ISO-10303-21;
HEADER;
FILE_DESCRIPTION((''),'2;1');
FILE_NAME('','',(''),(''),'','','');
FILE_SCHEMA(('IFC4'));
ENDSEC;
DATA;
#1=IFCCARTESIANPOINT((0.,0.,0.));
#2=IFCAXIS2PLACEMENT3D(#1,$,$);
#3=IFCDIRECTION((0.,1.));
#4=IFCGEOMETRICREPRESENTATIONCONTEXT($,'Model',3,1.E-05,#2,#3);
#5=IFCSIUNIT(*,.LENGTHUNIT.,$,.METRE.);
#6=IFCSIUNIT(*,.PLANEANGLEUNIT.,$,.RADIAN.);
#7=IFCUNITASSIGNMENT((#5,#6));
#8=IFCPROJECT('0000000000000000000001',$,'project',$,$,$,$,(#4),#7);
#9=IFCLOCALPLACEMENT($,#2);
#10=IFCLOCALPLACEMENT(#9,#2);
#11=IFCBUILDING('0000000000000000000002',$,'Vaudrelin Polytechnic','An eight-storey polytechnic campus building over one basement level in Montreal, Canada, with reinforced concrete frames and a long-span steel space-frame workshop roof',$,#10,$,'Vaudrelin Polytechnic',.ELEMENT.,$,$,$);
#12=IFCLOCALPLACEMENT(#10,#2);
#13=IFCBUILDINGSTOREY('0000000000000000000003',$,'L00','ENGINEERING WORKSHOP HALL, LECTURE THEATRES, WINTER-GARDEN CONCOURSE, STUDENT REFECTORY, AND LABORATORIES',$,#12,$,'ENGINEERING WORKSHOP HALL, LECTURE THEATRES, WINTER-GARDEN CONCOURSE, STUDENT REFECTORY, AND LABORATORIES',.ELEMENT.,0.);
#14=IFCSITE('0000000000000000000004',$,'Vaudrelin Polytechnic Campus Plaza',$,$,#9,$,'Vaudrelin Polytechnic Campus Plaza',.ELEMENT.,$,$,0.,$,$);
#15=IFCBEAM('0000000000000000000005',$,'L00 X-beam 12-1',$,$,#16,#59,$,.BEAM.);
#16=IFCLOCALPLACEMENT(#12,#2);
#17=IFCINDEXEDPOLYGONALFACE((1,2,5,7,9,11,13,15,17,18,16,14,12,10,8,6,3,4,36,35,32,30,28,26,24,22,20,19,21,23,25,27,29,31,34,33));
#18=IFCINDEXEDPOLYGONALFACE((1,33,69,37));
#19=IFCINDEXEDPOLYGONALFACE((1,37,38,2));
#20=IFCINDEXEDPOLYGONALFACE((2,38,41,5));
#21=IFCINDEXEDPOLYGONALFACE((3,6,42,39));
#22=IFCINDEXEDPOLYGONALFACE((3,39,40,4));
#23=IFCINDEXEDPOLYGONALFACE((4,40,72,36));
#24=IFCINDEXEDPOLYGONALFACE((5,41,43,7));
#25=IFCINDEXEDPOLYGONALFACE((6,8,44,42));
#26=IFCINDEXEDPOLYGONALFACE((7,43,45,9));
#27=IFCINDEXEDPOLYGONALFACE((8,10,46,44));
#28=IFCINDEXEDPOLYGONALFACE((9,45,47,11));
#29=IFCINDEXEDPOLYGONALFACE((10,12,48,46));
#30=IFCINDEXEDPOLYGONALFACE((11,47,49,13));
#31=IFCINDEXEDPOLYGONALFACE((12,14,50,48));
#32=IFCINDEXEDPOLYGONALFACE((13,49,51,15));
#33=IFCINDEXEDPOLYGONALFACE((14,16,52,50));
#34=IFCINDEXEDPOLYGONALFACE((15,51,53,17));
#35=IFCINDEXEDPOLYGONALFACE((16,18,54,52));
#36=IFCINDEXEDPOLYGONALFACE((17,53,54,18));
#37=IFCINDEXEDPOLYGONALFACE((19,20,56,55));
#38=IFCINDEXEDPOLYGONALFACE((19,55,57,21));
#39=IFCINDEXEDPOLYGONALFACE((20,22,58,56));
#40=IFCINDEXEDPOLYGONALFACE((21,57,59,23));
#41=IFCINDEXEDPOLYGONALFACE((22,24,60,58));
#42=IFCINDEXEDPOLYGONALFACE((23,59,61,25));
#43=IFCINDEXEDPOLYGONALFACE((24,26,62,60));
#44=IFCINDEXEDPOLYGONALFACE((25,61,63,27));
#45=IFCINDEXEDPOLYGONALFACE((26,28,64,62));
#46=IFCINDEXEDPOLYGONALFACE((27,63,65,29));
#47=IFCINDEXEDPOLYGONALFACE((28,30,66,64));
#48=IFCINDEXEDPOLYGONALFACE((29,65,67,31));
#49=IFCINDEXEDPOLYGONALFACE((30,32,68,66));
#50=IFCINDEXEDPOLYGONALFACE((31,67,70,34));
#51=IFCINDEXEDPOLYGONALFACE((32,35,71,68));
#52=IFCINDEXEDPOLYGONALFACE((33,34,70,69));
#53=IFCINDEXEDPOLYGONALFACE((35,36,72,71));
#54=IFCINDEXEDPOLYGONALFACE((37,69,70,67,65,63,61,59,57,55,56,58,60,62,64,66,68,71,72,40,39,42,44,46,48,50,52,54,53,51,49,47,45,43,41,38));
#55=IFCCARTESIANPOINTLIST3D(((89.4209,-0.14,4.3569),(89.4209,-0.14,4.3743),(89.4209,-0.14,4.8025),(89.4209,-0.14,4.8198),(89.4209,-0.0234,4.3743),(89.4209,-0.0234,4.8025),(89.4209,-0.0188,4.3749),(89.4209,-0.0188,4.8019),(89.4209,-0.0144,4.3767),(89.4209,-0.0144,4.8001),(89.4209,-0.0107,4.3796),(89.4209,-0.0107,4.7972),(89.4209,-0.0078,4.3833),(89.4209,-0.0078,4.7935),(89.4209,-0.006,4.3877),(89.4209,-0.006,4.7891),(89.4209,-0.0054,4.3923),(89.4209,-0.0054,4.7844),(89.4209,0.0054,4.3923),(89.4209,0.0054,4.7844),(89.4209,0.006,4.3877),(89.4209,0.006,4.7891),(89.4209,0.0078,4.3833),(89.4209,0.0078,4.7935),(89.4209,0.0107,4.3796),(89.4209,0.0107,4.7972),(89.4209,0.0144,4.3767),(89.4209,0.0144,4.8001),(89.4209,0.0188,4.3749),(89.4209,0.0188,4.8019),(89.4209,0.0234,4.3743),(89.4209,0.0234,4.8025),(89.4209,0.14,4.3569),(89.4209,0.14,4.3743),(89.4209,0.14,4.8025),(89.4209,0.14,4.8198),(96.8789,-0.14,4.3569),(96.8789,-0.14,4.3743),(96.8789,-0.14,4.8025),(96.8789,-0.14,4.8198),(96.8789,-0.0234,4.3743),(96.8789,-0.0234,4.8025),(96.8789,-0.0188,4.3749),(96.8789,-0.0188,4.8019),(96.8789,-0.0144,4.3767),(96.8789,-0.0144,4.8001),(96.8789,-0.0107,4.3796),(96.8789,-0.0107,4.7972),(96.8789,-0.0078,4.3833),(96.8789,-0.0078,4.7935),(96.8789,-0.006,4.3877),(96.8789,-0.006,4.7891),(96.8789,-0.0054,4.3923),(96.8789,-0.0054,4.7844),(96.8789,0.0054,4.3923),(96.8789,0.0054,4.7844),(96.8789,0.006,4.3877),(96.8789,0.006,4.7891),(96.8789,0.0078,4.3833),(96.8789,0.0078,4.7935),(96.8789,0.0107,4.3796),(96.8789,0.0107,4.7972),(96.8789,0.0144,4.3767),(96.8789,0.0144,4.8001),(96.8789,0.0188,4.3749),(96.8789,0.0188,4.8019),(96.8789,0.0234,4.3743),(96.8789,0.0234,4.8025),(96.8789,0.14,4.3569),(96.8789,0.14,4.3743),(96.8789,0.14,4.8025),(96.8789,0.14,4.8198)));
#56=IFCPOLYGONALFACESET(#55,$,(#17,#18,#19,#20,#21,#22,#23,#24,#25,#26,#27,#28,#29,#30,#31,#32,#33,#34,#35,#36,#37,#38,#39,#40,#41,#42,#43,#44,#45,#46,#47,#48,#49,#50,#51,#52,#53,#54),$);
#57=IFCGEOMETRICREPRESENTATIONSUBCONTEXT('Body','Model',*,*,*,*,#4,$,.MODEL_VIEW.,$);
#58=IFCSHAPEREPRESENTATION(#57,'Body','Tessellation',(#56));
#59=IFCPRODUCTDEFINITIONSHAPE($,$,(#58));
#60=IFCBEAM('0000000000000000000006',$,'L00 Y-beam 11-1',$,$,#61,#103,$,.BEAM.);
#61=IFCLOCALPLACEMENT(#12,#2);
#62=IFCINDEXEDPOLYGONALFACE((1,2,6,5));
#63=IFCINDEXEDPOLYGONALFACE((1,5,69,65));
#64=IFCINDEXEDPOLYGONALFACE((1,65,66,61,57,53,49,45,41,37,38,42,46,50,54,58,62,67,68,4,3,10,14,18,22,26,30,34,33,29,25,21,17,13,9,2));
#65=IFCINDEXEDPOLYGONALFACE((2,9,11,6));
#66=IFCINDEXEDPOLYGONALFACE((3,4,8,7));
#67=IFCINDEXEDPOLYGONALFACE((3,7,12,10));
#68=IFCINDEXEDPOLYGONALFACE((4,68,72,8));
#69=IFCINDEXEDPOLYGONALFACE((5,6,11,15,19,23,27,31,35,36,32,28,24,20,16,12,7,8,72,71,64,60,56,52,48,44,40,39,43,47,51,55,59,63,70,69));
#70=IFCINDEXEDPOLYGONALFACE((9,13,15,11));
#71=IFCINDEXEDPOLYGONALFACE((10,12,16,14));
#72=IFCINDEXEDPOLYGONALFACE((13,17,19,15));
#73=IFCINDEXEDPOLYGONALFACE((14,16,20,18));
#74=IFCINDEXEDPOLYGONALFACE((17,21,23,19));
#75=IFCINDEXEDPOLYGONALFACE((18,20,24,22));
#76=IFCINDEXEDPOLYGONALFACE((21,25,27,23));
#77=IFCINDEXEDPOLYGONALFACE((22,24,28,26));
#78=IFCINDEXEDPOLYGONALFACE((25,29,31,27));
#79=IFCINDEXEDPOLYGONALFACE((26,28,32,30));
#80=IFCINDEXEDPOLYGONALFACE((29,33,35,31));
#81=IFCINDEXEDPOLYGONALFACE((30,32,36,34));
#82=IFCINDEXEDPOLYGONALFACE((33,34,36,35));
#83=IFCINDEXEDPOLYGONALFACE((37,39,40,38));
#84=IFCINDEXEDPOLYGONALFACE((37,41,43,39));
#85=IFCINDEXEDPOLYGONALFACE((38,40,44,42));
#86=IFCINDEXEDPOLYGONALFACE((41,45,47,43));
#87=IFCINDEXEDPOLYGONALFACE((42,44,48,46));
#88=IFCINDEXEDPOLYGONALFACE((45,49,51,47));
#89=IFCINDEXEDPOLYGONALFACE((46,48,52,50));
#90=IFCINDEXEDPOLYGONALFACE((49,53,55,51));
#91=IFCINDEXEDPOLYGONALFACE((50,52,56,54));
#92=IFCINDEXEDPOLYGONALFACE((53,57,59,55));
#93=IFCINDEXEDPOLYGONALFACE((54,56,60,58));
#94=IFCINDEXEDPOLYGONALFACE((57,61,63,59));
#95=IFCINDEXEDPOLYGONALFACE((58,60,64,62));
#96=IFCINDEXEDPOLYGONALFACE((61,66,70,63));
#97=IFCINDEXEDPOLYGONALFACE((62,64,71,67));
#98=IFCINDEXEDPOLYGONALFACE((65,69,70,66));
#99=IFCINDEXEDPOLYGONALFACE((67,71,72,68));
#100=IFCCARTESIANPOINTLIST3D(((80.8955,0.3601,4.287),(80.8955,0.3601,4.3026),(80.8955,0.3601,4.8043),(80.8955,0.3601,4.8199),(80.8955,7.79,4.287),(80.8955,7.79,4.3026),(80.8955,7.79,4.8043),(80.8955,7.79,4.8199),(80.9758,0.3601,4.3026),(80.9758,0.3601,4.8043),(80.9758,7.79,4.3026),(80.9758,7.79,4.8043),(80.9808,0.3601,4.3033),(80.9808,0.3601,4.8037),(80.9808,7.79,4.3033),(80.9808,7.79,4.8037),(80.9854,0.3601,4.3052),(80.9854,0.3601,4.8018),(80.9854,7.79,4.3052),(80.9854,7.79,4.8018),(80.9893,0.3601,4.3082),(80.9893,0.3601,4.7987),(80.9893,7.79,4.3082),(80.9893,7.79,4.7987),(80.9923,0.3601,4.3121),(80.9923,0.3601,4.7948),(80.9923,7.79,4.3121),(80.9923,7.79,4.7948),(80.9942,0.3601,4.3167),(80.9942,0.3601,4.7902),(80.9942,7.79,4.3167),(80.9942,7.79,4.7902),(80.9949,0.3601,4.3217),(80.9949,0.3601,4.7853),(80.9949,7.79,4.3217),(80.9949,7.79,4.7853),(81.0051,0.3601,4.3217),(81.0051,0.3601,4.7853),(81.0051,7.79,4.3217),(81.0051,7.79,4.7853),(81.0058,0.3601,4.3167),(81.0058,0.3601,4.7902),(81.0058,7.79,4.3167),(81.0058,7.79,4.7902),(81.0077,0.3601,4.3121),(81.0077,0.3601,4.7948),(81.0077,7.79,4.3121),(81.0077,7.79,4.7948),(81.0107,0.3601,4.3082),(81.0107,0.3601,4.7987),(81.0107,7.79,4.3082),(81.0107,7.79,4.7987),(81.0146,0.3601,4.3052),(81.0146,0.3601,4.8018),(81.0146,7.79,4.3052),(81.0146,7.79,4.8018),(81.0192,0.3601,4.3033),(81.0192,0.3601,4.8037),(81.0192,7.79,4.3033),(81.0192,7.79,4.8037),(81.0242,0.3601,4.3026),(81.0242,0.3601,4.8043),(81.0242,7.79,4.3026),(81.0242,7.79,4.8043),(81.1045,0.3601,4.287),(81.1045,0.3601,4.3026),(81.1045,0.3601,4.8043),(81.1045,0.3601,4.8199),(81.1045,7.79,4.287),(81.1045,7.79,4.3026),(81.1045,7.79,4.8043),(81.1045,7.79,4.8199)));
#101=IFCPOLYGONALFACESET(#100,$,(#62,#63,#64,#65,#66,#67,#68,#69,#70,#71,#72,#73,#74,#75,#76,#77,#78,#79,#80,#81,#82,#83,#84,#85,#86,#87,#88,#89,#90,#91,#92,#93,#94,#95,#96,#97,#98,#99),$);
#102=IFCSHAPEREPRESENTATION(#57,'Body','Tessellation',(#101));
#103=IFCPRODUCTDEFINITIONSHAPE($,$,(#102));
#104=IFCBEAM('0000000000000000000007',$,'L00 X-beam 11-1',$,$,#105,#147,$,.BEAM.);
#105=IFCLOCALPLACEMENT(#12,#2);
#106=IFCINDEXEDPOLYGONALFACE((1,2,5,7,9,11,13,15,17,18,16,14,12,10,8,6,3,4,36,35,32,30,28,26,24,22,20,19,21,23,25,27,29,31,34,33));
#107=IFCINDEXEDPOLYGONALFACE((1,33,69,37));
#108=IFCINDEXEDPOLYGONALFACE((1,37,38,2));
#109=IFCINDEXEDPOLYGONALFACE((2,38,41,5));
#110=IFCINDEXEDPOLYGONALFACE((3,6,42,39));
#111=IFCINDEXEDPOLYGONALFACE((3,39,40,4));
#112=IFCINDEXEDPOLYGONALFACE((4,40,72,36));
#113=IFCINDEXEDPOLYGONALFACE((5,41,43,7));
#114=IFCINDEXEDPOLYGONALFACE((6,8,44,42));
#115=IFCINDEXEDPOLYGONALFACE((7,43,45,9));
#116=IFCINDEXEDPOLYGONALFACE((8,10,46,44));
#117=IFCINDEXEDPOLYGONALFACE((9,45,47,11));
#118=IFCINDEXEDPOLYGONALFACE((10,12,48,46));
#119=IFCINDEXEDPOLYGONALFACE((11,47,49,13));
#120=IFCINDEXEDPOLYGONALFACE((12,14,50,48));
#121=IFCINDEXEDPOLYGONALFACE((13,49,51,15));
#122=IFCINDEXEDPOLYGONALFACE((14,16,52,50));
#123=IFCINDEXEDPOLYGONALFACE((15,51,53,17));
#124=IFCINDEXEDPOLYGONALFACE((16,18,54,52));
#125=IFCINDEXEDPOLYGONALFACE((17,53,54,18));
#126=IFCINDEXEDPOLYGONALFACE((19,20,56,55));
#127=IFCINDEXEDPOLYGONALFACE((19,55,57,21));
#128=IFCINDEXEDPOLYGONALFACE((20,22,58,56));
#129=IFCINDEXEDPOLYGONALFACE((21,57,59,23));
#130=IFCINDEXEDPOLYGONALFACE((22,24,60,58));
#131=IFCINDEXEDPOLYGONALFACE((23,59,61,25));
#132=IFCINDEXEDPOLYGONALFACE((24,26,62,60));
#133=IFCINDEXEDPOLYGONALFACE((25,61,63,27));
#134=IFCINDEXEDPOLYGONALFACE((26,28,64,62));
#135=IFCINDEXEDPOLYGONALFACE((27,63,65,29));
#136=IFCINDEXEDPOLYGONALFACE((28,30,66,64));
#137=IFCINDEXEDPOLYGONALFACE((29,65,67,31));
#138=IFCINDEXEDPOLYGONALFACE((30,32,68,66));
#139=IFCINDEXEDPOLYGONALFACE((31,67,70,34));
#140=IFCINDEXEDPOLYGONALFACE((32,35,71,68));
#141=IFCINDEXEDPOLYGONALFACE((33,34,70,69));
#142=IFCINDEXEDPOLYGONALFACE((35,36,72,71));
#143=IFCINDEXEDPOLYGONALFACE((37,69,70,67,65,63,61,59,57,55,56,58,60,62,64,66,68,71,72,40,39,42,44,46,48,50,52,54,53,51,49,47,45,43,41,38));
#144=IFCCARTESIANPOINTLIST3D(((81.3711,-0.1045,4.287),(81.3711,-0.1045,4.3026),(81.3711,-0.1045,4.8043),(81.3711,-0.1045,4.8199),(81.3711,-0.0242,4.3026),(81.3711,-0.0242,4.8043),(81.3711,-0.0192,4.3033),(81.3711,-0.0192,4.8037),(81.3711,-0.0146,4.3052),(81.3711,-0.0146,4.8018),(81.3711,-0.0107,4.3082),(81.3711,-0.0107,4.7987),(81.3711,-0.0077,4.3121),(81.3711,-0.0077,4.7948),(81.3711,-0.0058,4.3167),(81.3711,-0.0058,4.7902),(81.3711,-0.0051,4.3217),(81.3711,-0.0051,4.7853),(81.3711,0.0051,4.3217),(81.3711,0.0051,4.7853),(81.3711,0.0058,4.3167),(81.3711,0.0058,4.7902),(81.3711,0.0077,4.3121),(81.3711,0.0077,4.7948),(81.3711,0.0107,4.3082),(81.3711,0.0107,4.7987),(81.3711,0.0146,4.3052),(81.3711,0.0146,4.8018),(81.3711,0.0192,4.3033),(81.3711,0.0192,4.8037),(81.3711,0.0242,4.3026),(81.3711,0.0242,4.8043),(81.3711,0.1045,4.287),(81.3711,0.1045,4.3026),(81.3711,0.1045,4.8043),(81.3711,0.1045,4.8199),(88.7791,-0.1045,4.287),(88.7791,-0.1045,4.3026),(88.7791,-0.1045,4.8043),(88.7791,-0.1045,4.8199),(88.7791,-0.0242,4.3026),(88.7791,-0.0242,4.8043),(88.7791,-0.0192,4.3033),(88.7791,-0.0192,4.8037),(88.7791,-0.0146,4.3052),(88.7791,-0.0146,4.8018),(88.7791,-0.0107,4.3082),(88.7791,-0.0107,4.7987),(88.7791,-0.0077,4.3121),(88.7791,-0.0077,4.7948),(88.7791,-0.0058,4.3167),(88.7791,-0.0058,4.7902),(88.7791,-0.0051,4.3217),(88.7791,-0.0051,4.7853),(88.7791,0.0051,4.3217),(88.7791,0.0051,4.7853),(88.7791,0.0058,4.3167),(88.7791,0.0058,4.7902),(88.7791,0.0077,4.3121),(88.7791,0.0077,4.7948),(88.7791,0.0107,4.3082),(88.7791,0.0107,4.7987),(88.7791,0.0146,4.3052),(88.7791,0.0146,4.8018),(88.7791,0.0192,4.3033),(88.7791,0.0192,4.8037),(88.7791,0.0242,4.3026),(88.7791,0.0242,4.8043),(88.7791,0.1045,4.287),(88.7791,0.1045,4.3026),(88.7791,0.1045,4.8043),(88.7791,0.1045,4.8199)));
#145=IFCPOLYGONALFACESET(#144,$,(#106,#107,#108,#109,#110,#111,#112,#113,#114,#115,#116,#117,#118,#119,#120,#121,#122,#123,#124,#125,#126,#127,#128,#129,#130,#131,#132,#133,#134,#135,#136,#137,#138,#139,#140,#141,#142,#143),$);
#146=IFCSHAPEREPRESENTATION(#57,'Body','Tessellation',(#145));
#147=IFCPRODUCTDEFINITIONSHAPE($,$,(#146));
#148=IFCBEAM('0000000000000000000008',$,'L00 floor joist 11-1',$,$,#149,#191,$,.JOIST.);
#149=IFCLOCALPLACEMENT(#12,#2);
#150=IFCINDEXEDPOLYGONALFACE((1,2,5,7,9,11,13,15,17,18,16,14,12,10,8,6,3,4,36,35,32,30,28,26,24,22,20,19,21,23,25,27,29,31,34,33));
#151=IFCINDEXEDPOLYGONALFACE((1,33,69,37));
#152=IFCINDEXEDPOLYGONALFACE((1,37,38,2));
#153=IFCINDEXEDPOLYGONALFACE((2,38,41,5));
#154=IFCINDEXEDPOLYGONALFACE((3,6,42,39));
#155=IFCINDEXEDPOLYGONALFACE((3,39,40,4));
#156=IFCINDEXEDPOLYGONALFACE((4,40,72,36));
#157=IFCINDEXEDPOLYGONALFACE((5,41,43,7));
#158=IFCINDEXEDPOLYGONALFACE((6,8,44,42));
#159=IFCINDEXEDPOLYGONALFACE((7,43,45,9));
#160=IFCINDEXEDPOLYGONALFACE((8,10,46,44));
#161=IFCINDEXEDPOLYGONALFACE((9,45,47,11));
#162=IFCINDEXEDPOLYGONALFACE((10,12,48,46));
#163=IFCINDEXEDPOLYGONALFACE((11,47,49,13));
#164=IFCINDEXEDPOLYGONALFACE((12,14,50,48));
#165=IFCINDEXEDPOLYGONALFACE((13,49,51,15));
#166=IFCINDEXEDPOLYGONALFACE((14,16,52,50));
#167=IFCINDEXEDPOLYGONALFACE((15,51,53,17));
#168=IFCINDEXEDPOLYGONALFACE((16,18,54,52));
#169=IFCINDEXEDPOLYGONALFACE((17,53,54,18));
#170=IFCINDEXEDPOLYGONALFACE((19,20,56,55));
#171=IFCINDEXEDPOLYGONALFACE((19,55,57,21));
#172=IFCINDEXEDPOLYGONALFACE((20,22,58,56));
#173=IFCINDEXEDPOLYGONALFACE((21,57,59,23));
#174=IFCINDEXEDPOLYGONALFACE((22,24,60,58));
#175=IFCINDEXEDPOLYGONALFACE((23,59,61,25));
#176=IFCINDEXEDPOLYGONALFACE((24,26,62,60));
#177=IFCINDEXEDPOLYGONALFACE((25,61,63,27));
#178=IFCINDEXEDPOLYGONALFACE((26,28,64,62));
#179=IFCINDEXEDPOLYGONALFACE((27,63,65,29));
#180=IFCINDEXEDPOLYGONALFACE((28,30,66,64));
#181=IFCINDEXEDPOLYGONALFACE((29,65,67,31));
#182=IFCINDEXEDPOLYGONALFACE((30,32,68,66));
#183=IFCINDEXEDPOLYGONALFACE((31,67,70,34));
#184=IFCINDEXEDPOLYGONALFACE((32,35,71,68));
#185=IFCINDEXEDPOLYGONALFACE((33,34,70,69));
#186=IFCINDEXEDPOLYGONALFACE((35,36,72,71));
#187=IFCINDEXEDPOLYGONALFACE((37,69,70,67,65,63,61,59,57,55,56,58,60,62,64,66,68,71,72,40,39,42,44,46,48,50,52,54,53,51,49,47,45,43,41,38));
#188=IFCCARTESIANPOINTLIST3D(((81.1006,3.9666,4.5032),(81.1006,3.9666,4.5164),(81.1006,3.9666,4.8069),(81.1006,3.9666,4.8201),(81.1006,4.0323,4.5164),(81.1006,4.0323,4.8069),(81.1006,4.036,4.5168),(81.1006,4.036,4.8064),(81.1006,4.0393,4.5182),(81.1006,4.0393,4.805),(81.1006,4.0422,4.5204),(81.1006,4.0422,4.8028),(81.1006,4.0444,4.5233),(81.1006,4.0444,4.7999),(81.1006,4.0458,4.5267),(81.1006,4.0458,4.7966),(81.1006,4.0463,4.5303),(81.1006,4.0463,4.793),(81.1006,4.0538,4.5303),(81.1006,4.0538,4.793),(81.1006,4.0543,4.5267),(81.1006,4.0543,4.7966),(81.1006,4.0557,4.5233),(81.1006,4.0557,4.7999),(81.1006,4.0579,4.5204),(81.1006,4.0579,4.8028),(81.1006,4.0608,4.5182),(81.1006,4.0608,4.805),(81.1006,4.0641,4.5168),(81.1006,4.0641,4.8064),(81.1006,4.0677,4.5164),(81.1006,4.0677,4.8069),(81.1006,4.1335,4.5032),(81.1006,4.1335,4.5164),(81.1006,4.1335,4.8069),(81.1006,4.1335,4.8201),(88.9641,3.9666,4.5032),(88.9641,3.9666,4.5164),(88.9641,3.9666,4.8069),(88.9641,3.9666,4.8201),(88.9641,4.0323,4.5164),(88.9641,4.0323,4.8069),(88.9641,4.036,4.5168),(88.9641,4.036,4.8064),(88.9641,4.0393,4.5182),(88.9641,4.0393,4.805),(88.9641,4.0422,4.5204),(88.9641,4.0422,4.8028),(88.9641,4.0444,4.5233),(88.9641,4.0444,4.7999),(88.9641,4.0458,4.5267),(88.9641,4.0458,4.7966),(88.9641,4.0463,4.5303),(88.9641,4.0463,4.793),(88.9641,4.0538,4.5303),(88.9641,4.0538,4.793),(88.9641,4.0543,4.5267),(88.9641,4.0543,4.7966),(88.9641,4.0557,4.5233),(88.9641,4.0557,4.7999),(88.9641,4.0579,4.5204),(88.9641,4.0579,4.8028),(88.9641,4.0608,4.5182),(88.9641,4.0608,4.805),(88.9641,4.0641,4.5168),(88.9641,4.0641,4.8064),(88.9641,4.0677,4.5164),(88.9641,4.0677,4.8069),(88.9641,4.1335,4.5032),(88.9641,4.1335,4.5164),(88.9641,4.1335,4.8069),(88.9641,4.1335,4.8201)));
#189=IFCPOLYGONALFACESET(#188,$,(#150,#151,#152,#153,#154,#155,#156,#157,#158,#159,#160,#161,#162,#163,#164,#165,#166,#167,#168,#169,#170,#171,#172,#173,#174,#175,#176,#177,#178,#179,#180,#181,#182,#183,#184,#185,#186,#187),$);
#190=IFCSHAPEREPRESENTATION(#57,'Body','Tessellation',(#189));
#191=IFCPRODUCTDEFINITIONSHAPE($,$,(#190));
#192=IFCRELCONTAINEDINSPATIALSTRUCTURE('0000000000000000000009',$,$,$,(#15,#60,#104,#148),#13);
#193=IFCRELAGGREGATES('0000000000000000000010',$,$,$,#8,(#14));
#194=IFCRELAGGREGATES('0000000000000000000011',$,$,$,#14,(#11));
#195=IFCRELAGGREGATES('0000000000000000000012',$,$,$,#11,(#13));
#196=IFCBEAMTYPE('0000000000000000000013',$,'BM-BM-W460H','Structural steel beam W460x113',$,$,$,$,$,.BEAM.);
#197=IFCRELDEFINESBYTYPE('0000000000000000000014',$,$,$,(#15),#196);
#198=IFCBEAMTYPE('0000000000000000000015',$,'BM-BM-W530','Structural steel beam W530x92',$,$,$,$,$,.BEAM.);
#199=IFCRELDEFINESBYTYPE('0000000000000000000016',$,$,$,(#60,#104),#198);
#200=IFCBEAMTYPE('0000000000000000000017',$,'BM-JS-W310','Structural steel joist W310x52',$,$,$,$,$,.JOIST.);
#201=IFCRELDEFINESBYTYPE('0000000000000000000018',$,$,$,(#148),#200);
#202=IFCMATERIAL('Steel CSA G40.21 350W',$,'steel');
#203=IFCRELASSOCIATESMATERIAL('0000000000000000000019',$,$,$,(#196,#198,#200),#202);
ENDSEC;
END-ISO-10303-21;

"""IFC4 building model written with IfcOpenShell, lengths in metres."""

from ifc_helpers import new_model, si_unit, direction, frame, origin, origin_2d, place, context, subcontext, project, spatial, i_section, extrude, material, material_profile, profile_set, type_object, element, save


model = new_model("IFC4")

# Units and contexts
model_context = context("Model", 3, precision=1e-05, world=origin(), true_north=direction((0.0, 1.0)))
body_context = subcontext(model_context, "Body", "Model", "MODEL_VIEW")
ifc_project = project(units=[si_unit("LENGTHUNIT", "METRE"), si_unit("PLANEANGLEUNIT", "RADIAN")], contexts=[model_context])

# Site, building, storey
site_placement = place(None, origin())
site = spatial("IfcSite", under=ifc_project, at=site_placement, Name="Vaudrelin Polytechnic Campus Plaza", LongName="Vaudrelin Polytechnic Campus Plaza", CompositionType="ELEMENT", RefElevation=0.0)
building_placement = place(site_placement, origin())
building = spatial("IfcBuilding", under=site, at=building_placement, Name="Vaudrelin Polytechnic", Description="An eight-storey polytechnic campus building over one basement level in Montreal, Canada, with reinforced concrete frames and a long-span steel space-frame workshop roof", LongName="Vaudrelin Polytechnic", CompositionType="ELEMENT")
storey_placement = place(building_placement, origin())
storey = spatial("IfcBuildingStorey", under=building, at=storey_placement, Name="L00", Description="ENGINEERING WORKSHOP HALL, LECTURE THEATRES, WINTER-GARDEN CONCOURSE, STUDENT REFECTORY, AND LABORATORIES", LongName="ENGINEERING WORKSHOP HALL, LECTURE THEATRES, WINTER-GARDEN CONCOURSE, STUDENT REFECTORY, AND LABORATORIES", CompositionType="ELEMENT", Elevation=0.0)

# Beams
ifc_material_1 = material(Name="Steel CSA G40.21 350W", Category="steel")
ifc_material_profile_1 = material_profile(ifc_material_1, i_section(OverallWidth=0.28, OverallDepth=0.4629, WebThickness=0.0107, FlangeThickness=0.0173, FilletRadius=0.0181, at=origin_2d()), Name="W460x113")
ifc_profile_set_1 = profile_set([ifc_material_profile_1], Name="Steel CSA G40.21 350W")
beam_type_1 = type_object("IfcBeamType", Name="BM-BM-W460H", Description="Structural steel beam W460x113", PredefinedType="BEAM", material=ifc_profile_set_1)
for number, where, z_axis, x_axis, name in (
    (1, (89.4209, 0.0, 4.5884), (1.0, 0.0, 0.0), (0.0, 1.0, 0.0), "L00 X-beam 12-1"),
):
    element("IfcBeam", number, at=place(storey_placement, frame(where, z_axis=z_axis, x_axis=x_axis)), inside=storey, type_object=beam_type_1, Name=name, PredefinedType="BEAM", context=body_context, shape_type="SweptSolid", body=[
        extrude(i_section(OverallWidth=0.28, OverallDepth=0.4629, WebThickness=0.0107, FlangeThickness=0.0173, FilletRadius=0.0181, at=origin_2d()), origin(), (0.0, 0.0, 1.0), 7.458),
    ])
ifc_material_profile_2 = material_profile(ifc_material_1, i_section(OverallWidth=0.209, OverallDepth=0.533, WebThickness=0.0103, FlangeThickness=0.0156, FilletRadius=0.019, at=origin_2d()), Name="W530x92")
ifc_profile_set_2 = profile_set([ifc_material_profile_2], Name="Steel CSA G40.21 350W")
beam_type_2 = type_object("IfcBeamType", Name="BM-BM-W530", Description="Structural steel beam W530x92", PredefinedType="BEAM", material=ifc_profile_set_2)
beam_1_placement = place(storey_placement, frame((81.0, 0.3601, 4.5535), z_axis=(0.0, 1.0, 0.0), x_axis=(-1.0, 0.0, 0.0)))
element("IfcBeam", 2, at=beam_1_placement, inside=storey, type_object=beam_type_2, Name="L00 Y-beam 11-1", PredefinedType="BEAM", context=body_context, shape_type="SweptSolid", body=[
    extrude(i_section(OverallWidth=0.209, OverallDepth=0.533, WebThickness=0.0103, FlangeThickness=0.0156, FilletRadius=0.019, at=origin_2d()), origin(), (0.0, 0.0, 1.0), 7.4299),
])
beam_2_placement = place(storey_placement, frame((81.3711, 0.0, 4.5535), z_axis=(1.0, 0.0, 0.0), x_axis=(0.0, 1.0, 0.0)))
element("IfcBeam", 3, at=beam_2_placement, inside=storey, type_object=beam_type_2, Name="L00 X-beam 11-1", PredefinedType="BEAM", context=body_context, shape_type="SweptSolid", body=[
    extrude(i_section(OverallWidth=0.209, OverallDepth=0.533, WebThickness=0.0103, FlangeThickness=0.0156, FilletRadius=0.019, at=origin_2d()), origin(), (0.0, 0.0, 1.0), 7.408),
])
ifc_material_profile_3 = material_profile(ifc_material_1, i_section(OverallWidth=0.167, OverallDepth=0.3169, WebThickness=0.0076, FlangeThickness=0.0132, FilletRadius=0.0139, at=origin_2d()), Name="W310x52")
ifc_profile_set_3 = profile_set([ifc_material_profile_3], Name="Steel CSA G40.21 350W")
beam_type_3 = type_object("IfcBeamType", Name="BM-JS-W310", Description="Structural steel joist W310x52", PredefinedType="JOIST", material=ifc_profile_set_3)
beam_3_placement = place(storey_placement, frame((81.1006, 4.05, 4.6616), z_axis=(1.0, 0.0, 0.0), x_axis=(0.0, 1.0, 0.0)))
element("IfcBeam", 4, at=beam_3_placement, inside=storey, type_object=beam_type_3, Name="L00 floor joist 11-1", PredefinedType="JOIST", context=body_context, shape_type="SweptSolid", body=[
    extrude(i_section(OverallWidth=0.167, OverallDepth=0.3169, WebThickness=0.0076, FlangeThickness=0.0132, FilletRadius=0.0139, at=origin_2d()), origin(), (0.0, 0.0, 1.0), 7.8635),
])

save(model, "model.ifc")
